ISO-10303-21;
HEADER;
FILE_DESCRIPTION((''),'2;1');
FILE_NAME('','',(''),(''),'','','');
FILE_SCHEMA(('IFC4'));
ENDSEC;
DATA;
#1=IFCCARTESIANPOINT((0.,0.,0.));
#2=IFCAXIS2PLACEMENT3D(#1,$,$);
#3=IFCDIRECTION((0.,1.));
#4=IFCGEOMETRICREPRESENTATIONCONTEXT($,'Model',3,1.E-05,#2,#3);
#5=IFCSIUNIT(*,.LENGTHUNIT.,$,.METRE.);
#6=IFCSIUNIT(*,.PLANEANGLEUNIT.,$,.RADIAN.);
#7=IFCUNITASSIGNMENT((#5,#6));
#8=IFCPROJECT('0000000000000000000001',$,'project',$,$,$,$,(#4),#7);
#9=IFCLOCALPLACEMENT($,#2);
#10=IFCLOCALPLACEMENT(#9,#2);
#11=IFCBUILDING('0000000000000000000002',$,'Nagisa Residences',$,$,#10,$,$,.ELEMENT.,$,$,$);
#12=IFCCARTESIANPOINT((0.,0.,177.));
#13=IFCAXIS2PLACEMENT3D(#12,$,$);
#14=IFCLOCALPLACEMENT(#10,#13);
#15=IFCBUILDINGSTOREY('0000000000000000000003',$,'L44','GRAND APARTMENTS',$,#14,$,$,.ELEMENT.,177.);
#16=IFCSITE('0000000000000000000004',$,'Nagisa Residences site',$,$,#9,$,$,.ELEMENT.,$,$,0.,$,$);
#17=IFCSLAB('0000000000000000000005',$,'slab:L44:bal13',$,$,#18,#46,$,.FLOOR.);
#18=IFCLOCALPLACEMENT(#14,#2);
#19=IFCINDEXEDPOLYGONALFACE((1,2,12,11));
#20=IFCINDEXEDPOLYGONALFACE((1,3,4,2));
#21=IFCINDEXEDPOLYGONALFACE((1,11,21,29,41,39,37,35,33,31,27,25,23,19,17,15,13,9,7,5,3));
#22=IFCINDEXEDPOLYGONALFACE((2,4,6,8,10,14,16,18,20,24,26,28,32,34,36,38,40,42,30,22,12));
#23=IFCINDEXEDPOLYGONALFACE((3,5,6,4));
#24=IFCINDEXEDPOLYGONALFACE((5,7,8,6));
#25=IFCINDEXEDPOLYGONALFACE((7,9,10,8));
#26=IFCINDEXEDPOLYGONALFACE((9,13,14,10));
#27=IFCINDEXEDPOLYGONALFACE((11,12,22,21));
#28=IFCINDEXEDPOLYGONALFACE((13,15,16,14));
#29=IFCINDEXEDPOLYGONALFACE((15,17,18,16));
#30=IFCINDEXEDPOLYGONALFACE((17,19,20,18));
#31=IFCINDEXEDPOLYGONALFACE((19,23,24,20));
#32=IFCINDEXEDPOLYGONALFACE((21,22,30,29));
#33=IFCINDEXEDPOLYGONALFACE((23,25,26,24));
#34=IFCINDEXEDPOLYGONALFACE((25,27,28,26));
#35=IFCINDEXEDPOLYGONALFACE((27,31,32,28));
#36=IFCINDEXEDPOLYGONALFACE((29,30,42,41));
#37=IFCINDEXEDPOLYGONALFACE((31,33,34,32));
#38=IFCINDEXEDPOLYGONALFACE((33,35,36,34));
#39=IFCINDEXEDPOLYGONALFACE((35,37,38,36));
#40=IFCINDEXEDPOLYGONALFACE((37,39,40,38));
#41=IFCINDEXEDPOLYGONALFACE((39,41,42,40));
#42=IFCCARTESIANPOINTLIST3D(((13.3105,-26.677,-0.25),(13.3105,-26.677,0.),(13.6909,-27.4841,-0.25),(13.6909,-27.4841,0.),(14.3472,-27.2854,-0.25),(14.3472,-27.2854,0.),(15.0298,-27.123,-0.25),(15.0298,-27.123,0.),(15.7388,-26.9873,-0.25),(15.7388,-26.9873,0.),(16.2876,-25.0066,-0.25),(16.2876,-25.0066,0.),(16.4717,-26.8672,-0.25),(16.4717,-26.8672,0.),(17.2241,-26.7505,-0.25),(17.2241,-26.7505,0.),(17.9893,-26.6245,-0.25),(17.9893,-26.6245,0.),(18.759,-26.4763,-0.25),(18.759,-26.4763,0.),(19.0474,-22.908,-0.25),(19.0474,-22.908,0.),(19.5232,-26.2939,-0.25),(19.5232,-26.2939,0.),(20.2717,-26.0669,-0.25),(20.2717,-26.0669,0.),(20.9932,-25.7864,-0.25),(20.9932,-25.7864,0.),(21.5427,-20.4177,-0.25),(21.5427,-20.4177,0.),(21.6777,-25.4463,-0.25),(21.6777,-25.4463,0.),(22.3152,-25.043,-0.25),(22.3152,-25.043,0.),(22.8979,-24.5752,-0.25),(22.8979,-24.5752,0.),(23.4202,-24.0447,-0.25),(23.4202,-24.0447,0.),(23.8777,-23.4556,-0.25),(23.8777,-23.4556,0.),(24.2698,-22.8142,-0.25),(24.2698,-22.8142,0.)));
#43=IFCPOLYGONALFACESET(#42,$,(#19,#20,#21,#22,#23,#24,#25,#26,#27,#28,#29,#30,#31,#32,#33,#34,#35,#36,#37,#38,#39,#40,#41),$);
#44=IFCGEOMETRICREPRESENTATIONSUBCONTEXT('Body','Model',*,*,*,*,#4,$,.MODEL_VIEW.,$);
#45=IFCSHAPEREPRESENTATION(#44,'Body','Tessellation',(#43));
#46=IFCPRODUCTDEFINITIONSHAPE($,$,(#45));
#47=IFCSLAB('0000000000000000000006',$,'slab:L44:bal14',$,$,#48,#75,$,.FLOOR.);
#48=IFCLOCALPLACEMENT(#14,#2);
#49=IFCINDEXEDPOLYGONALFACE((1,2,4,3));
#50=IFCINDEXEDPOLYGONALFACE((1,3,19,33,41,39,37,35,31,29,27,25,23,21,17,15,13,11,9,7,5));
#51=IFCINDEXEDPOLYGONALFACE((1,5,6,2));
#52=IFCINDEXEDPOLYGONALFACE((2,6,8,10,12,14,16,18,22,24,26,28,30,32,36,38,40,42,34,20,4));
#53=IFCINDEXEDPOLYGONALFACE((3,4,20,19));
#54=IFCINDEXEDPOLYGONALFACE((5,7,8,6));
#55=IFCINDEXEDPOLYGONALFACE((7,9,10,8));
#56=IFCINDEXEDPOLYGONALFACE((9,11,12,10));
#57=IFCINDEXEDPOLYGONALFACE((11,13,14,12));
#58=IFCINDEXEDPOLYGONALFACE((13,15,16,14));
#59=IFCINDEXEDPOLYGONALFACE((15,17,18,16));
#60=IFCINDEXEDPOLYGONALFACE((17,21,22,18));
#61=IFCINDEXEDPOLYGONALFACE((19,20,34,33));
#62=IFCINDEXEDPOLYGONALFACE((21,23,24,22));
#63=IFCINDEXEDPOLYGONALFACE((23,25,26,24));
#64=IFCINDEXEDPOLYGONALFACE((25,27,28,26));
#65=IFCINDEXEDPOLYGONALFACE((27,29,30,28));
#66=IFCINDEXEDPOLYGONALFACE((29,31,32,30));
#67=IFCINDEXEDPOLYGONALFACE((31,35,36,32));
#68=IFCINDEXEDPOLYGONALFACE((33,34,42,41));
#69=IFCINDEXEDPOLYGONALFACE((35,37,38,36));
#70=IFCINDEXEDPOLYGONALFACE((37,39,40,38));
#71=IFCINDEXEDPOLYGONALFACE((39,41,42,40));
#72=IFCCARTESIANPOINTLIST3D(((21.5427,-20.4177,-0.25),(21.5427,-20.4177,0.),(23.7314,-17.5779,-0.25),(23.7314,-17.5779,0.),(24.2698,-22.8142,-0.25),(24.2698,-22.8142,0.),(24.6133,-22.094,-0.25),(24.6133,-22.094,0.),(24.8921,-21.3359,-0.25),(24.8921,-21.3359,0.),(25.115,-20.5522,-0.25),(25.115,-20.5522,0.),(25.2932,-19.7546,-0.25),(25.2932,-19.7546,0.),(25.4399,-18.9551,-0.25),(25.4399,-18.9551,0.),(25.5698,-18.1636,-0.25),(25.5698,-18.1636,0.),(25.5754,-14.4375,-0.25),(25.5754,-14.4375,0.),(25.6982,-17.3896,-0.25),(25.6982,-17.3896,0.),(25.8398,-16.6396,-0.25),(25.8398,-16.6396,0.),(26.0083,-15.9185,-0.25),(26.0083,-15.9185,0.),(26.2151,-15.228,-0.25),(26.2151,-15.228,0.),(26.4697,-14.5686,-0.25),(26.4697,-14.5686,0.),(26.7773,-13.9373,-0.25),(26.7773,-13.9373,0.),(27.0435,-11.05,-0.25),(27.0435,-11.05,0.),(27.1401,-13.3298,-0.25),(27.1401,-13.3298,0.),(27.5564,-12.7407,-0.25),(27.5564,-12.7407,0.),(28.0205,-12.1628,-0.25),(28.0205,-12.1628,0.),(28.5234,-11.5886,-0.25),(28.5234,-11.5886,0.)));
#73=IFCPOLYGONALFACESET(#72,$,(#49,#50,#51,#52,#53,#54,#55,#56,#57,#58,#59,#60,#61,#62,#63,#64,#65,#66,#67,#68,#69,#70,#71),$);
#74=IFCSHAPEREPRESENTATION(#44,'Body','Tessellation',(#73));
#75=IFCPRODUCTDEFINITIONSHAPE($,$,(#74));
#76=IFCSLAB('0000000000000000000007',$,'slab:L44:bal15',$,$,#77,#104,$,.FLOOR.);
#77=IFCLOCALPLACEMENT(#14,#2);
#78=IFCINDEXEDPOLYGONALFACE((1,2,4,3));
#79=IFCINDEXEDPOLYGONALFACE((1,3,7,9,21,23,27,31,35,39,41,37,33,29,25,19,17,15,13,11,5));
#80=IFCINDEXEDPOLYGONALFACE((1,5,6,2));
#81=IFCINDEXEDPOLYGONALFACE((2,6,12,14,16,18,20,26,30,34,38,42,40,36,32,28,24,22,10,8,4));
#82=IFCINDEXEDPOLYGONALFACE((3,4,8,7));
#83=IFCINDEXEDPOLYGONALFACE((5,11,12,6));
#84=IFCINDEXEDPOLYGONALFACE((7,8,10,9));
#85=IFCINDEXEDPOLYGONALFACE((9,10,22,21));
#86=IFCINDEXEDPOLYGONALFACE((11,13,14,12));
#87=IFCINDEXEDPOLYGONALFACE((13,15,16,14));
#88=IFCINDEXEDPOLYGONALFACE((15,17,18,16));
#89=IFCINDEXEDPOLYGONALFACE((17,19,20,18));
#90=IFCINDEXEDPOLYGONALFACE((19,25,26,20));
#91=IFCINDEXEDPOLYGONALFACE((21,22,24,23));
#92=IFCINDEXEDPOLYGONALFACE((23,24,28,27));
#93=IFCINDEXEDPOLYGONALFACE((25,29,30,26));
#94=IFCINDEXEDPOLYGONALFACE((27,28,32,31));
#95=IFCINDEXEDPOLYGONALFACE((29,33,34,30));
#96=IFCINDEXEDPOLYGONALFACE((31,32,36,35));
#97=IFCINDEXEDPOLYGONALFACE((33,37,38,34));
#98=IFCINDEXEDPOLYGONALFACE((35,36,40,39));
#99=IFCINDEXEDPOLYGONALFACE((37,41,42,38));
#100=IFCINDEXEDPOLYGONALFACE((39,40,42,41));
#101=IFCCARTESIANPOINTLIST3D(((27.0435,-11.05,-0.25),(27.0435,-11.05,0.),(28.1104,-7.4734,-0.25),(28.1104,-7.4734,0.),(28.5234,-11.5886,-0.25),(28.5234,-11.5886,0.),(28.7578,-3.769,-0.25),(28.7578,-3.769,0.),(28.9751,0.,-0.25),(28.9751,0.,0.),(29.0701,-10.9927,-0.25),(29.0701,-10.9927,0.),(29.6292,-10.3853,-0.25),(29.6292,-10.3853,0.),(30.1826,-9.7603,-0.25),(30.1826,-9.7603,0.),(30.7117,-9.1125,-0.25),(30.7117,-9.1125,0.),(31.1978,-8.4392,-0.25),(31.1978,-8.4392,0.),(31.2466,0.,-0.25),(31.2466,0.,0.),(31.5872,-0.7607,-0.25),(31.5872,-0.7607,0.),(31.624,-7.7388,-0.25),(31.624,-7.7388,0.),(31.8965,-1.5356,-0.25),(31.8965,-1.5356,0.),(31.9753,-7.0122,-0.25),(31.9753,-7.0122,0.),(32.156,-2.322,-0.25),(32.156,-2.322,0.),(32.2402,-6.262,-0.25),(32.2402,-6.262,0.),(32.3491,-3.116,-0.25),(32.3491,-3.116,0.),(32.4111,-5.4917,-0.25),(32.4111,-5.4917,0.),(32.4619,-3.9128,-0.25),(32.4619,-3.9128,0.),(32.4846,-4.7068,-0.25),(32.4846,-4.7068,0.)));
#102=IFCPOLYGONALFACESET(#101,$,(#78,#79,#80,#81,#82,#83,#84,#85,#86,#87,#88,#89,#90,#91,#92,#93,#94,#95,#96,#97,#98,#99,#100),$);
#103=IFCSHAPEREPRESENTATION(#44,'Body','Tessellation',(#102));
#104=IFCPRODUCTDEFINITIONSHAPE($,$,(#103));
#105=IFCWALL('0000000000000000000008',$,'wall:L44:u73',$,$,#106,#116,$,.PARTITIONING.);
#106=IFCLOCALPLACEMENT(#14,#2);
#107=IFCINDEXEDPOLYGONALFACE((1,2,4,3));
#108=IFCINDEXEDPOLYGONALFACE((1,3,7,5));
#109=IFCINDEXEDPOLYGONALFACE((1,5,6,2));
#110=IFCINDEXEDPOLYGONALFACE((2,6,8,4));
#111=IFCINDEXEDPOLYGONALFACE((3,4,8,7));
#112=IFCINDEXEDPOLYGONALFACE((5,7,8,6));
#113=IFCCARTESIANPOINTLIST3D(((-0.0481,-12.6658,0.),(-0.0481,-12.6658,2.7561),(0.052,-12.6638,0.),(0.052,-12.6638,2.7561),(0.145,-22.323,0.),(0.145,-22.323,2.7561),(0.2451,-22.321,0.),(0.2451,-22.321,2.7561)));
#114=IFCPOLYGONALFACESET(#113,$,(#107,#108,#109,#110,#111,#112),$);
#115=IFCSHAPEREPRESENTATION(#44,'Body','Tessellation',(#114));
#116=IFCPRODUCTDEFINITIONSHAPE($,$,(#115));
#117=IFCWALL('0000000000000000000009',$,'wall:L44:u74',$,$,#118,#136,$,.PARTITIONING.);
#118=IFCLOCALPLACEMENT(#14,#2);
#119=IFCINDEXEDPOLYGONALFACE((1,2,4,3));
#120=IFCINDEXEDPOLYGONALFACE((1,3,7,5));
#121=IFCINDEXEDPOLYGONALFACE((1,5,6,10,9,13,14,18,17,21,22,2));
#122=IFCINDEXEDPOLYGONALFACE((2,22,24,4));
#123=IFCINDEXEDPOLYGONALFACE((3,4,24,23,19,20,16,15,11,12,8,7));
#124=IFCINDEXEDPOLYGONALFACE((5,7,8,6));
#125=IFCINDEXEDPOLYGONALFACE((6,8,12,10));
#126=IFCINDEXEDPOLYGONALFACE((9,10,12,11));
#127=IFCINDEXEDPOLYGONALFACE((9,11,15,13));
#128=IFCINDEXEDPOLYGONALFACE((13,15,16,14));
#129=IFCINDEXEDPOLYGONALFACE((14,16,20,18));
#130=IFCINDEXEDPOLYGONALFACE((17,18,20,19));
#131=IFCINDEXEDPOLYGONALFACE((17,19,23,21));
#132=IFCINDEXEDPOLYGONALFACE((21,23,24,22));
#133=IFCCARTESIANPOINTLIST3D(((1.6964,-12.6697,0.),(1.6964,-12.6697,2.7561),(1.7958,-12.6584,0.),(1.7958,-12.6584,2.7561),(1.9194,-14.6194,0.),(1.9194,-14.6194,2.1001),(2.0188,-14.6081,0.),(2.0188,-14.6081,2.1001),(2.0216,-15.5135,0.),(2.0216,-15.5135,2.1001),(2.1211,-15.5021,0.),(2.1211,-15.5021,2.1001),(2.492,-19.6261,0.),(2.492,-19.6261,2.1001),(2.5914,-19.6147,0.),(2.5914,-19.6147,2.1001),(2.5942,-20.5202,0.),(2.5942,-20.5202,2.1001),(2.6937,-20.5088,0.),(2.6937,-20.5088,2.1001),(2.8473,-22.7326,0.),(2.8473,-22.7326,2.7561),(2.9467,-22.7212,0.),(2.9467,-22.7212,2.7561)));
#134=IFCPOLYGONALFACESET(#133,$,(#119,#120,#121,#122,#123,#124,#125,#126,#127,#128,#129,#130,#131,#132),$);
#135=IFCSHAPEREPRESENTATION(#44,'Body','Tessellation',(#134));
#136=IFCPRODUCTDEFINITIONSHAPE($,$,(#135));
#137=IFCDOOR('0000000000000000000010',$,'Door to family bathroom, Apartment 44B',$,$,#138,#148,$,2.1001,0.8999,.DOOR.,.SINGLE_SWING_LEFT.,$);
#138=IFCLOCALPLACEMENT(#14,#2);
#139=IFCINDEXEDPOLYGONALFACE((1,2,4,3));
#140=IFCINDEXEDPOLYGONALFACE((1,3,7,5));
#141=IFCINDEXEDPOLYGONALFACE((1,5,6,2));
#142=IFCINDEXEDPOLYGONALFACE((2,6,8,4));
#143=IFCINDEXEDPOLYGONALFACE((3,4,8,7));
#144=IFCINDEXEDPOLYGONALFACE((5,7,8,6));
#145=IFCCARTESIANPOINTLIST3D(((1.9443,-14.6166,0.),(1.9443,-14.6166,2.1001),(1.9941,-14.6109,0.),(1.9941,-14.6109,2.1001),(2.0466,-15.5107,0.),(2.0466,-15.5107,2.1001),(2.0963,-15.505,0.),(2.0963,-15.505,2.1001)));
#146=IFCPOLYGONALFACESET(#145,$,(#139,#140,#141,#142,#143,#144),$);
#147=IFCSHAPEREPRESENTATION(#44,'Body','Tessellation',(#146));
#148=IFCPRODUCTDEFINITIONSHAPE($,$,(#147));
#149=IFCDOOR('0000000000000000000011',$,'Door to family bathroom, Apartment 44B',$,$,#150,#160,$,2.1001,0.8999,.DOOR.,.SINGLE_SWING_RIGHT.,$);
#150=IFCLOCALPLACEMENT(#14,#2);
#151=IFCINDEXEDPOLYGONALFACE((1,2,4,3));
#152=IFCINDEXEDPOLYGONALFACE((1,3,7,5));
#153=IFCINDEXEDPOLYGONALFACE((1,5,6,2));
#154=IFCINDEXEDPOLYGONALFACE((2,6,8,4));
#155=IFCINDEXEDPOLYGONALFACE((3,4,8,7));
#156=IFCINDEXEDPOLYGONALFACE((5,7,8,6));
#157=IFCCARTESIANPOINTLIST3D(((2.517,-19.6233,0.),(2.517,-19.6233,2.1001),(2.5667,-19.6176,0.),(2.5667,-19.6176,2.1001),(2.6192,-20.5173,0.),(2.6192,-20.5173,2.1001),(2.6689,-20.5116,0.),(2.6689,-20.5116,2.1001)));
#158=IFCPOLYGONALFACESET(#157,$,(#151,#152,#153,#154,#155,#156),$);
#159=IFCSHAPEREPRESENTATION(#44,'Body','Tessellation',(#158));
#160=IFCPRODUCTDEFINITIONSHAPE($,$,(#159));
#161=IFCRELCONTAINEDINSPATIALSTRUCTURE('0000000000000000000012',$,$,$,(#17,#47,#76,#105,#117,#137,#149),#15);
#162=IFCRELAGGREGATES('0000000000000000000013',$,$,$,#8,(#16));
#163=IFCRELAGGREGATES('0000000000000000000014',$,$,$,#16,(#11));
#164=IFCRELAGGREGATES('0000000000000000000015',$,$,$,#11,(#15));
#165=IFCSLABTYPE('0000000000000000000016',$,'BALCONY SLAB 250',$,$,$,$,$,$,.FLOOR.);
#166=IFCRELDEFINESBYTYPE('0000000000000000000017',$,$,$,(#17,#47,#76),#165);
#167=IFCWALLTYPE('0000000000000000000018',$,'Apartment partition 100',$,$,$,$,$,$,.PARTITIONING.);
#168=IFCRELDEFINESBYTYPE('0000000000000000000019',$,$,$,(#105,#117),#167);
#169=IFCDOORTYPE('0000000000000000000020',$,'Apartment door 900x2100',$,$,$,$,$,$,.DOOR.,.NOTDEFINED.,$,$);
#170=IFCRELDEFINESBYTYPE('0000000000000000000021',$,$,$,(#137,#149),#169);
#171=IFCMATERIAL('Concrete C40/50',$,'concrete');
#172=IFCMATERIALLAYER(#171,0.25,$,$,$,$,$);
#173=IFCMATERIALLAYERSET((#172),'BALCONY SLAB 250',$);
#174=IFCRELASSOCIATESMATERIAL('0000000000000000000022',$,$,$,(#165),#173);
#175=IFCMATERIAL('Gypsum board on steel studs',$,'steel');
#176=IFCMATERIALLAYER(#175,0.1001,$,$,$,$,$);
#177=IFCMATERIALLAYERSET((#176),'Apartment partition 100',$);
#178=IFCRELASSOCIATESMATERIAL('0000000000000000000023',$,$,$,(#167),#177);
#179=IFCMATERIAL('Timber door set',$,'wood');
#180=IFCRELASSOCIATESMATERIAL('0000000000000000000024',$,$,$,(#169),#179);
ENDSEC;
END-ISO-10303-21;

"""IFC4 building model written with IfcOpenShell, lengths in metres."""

from ifc_helpers import new_model, si_unit, direction, frame, frame_2d, origin, place, context, subcontext, project, spatial, polyline, rectangle, outline, extrude, material, layer, layer_set, type_object, element, fill, save


model = new_model("IFC4")

# Units and contexts
model_context = context("Model", 3, precision=1e-05, world=origin(), true_north=direction((0.0, 1.0)))
body_context = subcontext(model_context, "Body", "Model", "MODEL_VIEW")
ifc_project = project(units=[si_unit("LENGTHUNIT", "METRE"), si_unit("PLANEANGLEUNIT", "RADIAN")], contexts=[model_context])

# Site, building, storey
site_placement = place(None, origin())
site = spatial("IfcSite", under=ifc_project, at=site_placement, Name="Nagisa Residences site", CompositionType="ELEMENT", RefElevation=0.0)
building_placement = place(site_placement, origin())
building = spatial("IfcBuilding", under=site, at=building_placement, Name="Nagisa Residences", CompositionType="ELEMENT")
storey_placement = place(building_placement, frame((0.0, 0.0, 177.0)))
storey = spatial("IfcBuildingStorey", under=building, at=storey_placement, Name="L44", Description="GRAND APARTMENTS", CompositionType="ELEMENT", Elevation=177.0)

# Slabs
ifc_material_1 = material(Name="Concrete C40/50", Category="concrete")
ifc_layer_1 = layer(ifc_material_1, 0.25)
ifc_layer_set_1 = layer_set([ifc_layer_1], Name="BALCONY SLAB 250")
slab_type = type_object("IfcSlabType", Name="BALCONY SLAB 250", PredefinedType="FLOOR", material=ifc_layer_set_1)
slab_1_placement = place(storey_placement, frame((0.0, 0.0, -0.25)))
element("IfcSlab", 1, at=slab_1_placement, inside=storey, type_object=slab_type, Name="slab:L44:bal13", PredefinedType="FLOOR", context=body_context, shape_type="SweptSolid", body=[
    extrude(outline(polyline([(13.6909, -27.4841), (14.3472, -27.2854), (15.0298, -27.123), (15.7388, -26.9873), (16.4717, -26.8672), (17.2241, -26.7505), (17.9893, -26.6245), (18.759, -26.4763), (19.5232, -26.2939), (20.2717, -26.0669), (20.9932, -25.7864), (21.6777, -25.4463), (22.3152, -25.043), (22.8979, -24.5752), (23.4202, -24.0447), (23.8777, -23.4556), (24.2698, -22.8142), (21.5427, -20.4177), (19.0474, -22.908), (16.2876, -25.0066), (13.3105, -26.677), (13.6909, -27.4841)])), origin(), (0.0, 0.0, 1.0), 0.25),
])
slab_2_placement = place(storey_placement, frame((0.0, 0.0, -0.25)))
element("IfcSlab", 2, at=slab_2_placement, inside=storey, type_object=slab_type, Name="slab:L44:bal14", PredefinedType="FLOOR", context=body_context, shape_type="SweptSolid", body=[
    extrude(outline(polyline([(24.2698, -22.8142), (24.6133, -22.094), (24.8921, -21.3359), (25.115, -20.5522), (25.2932, -19.7546), (25.4399, -18.9551), (25.5698, -18.1636), (25.6982, -17.3896), (25.8398, -16.6396), (26.0083, -15.9185), (26.2151, -15.228), (26.4697, -14.5686), (26.7773, -13.9373), (27.1401, -13.3298), (27.5564, -12.7407), (28.0205, -12.1628), (28.5234, -11.5886), (27.0435, -11.05), (25.5754, -14.4375), (23.7314, -17.5779), (21.5427, -20.4177), (24.2698, -22.8142)])), origin(), (0.0, 0.0, 1.0), 0.25),
])
slab_3_placement = place(storey_placement, frame((0.0, 0.0, -0.25)))
element("IfcSlab", 3, at=slab_3_placement, inside=storey, type_object=slab_type, Name="slab:L44:bal15", PredefinedType="FLOOR", context=body_context, shape_type="SweptSolid", body=[
    extrude(outline(polyline([(28.5234, -11.5886), (29.0701, -10.9927), (29.6292, -10.3853), (30.1826, -9.7603), (30.7117, -9.1125), (31.1978, -8.4392), (31.624, -7.7388), (31.9753, -7.0122), (32.2402, -6.262), (32.4111, -5.4917), (32.4846, -4.7068), (32.4619, -3.9128), (32.3491, -3.116), (32.156, -2.322), (31.8965, -1.5356), (31.5872, -0.7607), (31.2466, 0.0), (28.9751, 0.0), (28.7578, -3.769), (28.1104, -7.4734), (27.0435, -11.05), (28.5234, -11.5886)])), origin(), (0.0, 0.0, 1.0), 0.25),
])

# Wall
ifc_material_2 = material(Name="Gypsum board on steel studs", Category="steel")
ifc_layer_2 = layer(ifc_material_2, 0.1001)
ifc_layer_set_2 = layer_set([ifc_layer_2], Name="Apartment partition 100")
wall_type_1 = type_object("IfcWallType", Name="Apartment partition 100", PredefinedType="PARTITIONING", material=ifc_layer_set_2)
wall_1_placement = place(storey_placement, frame((0.002, -12.6648, 0.0), z_axis=(0.0, 0.0, 1.0), x_axis=(0.019993, -0.9998, 0.0)))
element("IfcWall", 4, at=wall_1_placement, inside=storey, type_object=wall_type_1, Name="wall:L44:u73", PredefinedType="PARTITIONING", context=body_context, shape_type="SweptSolid", body=[
    extrude(rectangle(XDim=9.6592, YDim=0.1001, at=frame_2d((4.8296, 0.0))), origin(), (0.0, 0.0, 1.0), 2.7561),
])

# Wall, openings, doors
wall_2_placement = place(storey_placement, frame((1.7461, -12.6641, 0.0), z_axis=(0.0, 0.0, 1.0), x_axis=(0.11363, -0.993523, 0.0)))
wall_2 = element("IfcWall", 5, at=wall_2_placement, inside=storey, type_object=wall_type_1, Name="wall:L44:u74", PredefinedType="PARTITIONING", context=body_context, shape_type="SweptSolid", body=[
    extrude(rectangle(XDim=10.1284, YDim=0.1001, at=frame_2d((5.0642, 0.0))), origin(), (0.0, 0.0, 1.0), 2.7561),
])
opening_1_placement = place(wall_2_placement, frame((1.9624, 0.0, 0.0)))
opening_1 = element("IfcOpeningElement", 6, at=opening_1_placement, cuts=wall_2, PredefinedType="OPENING", context=body_context, shape_type="SweptSolid", body=[
    extrude(rectangle(XDim=0.8999, YDim=2.1001, at=frame_2d((0.45, 1.05))), frame((0.0, 0.0601, 0.0), z_axis=(0.0, -1.0, 0.0), x_axis=(1.0, 0.0, 0.0)), (0.0, 0.0, 1.0), 0.1201),
])
opening_2_placement = place(wall_2_placement, frame((7.0017, 0.0, 0.0)))
opening_2 = element("IfcOpeningElement", 7, at=opening_2_placement, cuts=wall_2, PredefinedType="OPENING", context=body_context, shape_type="SweptSolid", body=[
    extrude(rectangle(XDim=0.8999, YDim=2.1001, at=frame_2d((0.45, 1.05))), frame((0.0, 0.0601, 0.0), z_axis=(0.0, -1.0, 0.0), x_axis=(1.0, 0.0, 0.0)), (0.0, 0.0, 1.0), 0.1201),
])
ifc_material_3 = material(Name="Timber door set", Category="wood")
door_type_1 = type_object("IfcDoorType", Name="Apartment door 900x2100", OperationType="NOTDEFINED", PredefinedType="DOOR", material=ifc_material_3)
door_1_placement = place(opening_1_placement, frame((0.8999, 0.0, 0.0), x_axis=(-1.0, 0.0, 0.0)))
door_1 = element("IfcDoor", 8, at=door_1_placement, inside=storey, type_object=door_type_1, Name="Door to family bathroom, Apartment 44B", OperationType="SINGLE_SWING_LEFT", OverallHeight=2.1001, OverallWidth=0.8999, PredefinedType="DOOR", context=body_context, shape_type="SweptSolid", body=[
    extrude(rectangle(XDim=0.8999, YDim=2.1001, at=frame_2d((0.45, 1.05))), frame((0.0, 0.0249, 0.0), z_axis=(0.0, -1.0, 0.0), x_axis=(1.0, 0.0, 0.0)), (0.0, 0.0, 1.0), 0.05),
])
fill(opening_1, door_1)
door_2_placement = place(opening_2_placement, frame((0.8999, 0.0, 0.0), x_axis=(-1.0, 0.0, 0.0)))
door_2 = element("IfcDoor", 9, at=door_2_placement, inside=storey, type_object=door_type_1, Name="Door to family bathroom, Apartment 44B", OperationType="SINGLE_SWING_RIGHT", OverallHeight=2.1001, OverallWidth=0.8999, PredefinedType="DOOR", context=body_context, shape_type="SweptSolid", body=[
    extrude(rectangle(XDim=0.8999, YDim=2.1001, at=frame_2d((0.45, 1.05))), frame((0.0, 0.0249, 0.0), z_axis=(0.0, -1.0, 0.0), x_axis=(1.0, 0.0, 0.0)), (0.0, 0.0, 1.0), 0.05),
])
fill(opening_2, door_2)

save(model, "model.ifc")
